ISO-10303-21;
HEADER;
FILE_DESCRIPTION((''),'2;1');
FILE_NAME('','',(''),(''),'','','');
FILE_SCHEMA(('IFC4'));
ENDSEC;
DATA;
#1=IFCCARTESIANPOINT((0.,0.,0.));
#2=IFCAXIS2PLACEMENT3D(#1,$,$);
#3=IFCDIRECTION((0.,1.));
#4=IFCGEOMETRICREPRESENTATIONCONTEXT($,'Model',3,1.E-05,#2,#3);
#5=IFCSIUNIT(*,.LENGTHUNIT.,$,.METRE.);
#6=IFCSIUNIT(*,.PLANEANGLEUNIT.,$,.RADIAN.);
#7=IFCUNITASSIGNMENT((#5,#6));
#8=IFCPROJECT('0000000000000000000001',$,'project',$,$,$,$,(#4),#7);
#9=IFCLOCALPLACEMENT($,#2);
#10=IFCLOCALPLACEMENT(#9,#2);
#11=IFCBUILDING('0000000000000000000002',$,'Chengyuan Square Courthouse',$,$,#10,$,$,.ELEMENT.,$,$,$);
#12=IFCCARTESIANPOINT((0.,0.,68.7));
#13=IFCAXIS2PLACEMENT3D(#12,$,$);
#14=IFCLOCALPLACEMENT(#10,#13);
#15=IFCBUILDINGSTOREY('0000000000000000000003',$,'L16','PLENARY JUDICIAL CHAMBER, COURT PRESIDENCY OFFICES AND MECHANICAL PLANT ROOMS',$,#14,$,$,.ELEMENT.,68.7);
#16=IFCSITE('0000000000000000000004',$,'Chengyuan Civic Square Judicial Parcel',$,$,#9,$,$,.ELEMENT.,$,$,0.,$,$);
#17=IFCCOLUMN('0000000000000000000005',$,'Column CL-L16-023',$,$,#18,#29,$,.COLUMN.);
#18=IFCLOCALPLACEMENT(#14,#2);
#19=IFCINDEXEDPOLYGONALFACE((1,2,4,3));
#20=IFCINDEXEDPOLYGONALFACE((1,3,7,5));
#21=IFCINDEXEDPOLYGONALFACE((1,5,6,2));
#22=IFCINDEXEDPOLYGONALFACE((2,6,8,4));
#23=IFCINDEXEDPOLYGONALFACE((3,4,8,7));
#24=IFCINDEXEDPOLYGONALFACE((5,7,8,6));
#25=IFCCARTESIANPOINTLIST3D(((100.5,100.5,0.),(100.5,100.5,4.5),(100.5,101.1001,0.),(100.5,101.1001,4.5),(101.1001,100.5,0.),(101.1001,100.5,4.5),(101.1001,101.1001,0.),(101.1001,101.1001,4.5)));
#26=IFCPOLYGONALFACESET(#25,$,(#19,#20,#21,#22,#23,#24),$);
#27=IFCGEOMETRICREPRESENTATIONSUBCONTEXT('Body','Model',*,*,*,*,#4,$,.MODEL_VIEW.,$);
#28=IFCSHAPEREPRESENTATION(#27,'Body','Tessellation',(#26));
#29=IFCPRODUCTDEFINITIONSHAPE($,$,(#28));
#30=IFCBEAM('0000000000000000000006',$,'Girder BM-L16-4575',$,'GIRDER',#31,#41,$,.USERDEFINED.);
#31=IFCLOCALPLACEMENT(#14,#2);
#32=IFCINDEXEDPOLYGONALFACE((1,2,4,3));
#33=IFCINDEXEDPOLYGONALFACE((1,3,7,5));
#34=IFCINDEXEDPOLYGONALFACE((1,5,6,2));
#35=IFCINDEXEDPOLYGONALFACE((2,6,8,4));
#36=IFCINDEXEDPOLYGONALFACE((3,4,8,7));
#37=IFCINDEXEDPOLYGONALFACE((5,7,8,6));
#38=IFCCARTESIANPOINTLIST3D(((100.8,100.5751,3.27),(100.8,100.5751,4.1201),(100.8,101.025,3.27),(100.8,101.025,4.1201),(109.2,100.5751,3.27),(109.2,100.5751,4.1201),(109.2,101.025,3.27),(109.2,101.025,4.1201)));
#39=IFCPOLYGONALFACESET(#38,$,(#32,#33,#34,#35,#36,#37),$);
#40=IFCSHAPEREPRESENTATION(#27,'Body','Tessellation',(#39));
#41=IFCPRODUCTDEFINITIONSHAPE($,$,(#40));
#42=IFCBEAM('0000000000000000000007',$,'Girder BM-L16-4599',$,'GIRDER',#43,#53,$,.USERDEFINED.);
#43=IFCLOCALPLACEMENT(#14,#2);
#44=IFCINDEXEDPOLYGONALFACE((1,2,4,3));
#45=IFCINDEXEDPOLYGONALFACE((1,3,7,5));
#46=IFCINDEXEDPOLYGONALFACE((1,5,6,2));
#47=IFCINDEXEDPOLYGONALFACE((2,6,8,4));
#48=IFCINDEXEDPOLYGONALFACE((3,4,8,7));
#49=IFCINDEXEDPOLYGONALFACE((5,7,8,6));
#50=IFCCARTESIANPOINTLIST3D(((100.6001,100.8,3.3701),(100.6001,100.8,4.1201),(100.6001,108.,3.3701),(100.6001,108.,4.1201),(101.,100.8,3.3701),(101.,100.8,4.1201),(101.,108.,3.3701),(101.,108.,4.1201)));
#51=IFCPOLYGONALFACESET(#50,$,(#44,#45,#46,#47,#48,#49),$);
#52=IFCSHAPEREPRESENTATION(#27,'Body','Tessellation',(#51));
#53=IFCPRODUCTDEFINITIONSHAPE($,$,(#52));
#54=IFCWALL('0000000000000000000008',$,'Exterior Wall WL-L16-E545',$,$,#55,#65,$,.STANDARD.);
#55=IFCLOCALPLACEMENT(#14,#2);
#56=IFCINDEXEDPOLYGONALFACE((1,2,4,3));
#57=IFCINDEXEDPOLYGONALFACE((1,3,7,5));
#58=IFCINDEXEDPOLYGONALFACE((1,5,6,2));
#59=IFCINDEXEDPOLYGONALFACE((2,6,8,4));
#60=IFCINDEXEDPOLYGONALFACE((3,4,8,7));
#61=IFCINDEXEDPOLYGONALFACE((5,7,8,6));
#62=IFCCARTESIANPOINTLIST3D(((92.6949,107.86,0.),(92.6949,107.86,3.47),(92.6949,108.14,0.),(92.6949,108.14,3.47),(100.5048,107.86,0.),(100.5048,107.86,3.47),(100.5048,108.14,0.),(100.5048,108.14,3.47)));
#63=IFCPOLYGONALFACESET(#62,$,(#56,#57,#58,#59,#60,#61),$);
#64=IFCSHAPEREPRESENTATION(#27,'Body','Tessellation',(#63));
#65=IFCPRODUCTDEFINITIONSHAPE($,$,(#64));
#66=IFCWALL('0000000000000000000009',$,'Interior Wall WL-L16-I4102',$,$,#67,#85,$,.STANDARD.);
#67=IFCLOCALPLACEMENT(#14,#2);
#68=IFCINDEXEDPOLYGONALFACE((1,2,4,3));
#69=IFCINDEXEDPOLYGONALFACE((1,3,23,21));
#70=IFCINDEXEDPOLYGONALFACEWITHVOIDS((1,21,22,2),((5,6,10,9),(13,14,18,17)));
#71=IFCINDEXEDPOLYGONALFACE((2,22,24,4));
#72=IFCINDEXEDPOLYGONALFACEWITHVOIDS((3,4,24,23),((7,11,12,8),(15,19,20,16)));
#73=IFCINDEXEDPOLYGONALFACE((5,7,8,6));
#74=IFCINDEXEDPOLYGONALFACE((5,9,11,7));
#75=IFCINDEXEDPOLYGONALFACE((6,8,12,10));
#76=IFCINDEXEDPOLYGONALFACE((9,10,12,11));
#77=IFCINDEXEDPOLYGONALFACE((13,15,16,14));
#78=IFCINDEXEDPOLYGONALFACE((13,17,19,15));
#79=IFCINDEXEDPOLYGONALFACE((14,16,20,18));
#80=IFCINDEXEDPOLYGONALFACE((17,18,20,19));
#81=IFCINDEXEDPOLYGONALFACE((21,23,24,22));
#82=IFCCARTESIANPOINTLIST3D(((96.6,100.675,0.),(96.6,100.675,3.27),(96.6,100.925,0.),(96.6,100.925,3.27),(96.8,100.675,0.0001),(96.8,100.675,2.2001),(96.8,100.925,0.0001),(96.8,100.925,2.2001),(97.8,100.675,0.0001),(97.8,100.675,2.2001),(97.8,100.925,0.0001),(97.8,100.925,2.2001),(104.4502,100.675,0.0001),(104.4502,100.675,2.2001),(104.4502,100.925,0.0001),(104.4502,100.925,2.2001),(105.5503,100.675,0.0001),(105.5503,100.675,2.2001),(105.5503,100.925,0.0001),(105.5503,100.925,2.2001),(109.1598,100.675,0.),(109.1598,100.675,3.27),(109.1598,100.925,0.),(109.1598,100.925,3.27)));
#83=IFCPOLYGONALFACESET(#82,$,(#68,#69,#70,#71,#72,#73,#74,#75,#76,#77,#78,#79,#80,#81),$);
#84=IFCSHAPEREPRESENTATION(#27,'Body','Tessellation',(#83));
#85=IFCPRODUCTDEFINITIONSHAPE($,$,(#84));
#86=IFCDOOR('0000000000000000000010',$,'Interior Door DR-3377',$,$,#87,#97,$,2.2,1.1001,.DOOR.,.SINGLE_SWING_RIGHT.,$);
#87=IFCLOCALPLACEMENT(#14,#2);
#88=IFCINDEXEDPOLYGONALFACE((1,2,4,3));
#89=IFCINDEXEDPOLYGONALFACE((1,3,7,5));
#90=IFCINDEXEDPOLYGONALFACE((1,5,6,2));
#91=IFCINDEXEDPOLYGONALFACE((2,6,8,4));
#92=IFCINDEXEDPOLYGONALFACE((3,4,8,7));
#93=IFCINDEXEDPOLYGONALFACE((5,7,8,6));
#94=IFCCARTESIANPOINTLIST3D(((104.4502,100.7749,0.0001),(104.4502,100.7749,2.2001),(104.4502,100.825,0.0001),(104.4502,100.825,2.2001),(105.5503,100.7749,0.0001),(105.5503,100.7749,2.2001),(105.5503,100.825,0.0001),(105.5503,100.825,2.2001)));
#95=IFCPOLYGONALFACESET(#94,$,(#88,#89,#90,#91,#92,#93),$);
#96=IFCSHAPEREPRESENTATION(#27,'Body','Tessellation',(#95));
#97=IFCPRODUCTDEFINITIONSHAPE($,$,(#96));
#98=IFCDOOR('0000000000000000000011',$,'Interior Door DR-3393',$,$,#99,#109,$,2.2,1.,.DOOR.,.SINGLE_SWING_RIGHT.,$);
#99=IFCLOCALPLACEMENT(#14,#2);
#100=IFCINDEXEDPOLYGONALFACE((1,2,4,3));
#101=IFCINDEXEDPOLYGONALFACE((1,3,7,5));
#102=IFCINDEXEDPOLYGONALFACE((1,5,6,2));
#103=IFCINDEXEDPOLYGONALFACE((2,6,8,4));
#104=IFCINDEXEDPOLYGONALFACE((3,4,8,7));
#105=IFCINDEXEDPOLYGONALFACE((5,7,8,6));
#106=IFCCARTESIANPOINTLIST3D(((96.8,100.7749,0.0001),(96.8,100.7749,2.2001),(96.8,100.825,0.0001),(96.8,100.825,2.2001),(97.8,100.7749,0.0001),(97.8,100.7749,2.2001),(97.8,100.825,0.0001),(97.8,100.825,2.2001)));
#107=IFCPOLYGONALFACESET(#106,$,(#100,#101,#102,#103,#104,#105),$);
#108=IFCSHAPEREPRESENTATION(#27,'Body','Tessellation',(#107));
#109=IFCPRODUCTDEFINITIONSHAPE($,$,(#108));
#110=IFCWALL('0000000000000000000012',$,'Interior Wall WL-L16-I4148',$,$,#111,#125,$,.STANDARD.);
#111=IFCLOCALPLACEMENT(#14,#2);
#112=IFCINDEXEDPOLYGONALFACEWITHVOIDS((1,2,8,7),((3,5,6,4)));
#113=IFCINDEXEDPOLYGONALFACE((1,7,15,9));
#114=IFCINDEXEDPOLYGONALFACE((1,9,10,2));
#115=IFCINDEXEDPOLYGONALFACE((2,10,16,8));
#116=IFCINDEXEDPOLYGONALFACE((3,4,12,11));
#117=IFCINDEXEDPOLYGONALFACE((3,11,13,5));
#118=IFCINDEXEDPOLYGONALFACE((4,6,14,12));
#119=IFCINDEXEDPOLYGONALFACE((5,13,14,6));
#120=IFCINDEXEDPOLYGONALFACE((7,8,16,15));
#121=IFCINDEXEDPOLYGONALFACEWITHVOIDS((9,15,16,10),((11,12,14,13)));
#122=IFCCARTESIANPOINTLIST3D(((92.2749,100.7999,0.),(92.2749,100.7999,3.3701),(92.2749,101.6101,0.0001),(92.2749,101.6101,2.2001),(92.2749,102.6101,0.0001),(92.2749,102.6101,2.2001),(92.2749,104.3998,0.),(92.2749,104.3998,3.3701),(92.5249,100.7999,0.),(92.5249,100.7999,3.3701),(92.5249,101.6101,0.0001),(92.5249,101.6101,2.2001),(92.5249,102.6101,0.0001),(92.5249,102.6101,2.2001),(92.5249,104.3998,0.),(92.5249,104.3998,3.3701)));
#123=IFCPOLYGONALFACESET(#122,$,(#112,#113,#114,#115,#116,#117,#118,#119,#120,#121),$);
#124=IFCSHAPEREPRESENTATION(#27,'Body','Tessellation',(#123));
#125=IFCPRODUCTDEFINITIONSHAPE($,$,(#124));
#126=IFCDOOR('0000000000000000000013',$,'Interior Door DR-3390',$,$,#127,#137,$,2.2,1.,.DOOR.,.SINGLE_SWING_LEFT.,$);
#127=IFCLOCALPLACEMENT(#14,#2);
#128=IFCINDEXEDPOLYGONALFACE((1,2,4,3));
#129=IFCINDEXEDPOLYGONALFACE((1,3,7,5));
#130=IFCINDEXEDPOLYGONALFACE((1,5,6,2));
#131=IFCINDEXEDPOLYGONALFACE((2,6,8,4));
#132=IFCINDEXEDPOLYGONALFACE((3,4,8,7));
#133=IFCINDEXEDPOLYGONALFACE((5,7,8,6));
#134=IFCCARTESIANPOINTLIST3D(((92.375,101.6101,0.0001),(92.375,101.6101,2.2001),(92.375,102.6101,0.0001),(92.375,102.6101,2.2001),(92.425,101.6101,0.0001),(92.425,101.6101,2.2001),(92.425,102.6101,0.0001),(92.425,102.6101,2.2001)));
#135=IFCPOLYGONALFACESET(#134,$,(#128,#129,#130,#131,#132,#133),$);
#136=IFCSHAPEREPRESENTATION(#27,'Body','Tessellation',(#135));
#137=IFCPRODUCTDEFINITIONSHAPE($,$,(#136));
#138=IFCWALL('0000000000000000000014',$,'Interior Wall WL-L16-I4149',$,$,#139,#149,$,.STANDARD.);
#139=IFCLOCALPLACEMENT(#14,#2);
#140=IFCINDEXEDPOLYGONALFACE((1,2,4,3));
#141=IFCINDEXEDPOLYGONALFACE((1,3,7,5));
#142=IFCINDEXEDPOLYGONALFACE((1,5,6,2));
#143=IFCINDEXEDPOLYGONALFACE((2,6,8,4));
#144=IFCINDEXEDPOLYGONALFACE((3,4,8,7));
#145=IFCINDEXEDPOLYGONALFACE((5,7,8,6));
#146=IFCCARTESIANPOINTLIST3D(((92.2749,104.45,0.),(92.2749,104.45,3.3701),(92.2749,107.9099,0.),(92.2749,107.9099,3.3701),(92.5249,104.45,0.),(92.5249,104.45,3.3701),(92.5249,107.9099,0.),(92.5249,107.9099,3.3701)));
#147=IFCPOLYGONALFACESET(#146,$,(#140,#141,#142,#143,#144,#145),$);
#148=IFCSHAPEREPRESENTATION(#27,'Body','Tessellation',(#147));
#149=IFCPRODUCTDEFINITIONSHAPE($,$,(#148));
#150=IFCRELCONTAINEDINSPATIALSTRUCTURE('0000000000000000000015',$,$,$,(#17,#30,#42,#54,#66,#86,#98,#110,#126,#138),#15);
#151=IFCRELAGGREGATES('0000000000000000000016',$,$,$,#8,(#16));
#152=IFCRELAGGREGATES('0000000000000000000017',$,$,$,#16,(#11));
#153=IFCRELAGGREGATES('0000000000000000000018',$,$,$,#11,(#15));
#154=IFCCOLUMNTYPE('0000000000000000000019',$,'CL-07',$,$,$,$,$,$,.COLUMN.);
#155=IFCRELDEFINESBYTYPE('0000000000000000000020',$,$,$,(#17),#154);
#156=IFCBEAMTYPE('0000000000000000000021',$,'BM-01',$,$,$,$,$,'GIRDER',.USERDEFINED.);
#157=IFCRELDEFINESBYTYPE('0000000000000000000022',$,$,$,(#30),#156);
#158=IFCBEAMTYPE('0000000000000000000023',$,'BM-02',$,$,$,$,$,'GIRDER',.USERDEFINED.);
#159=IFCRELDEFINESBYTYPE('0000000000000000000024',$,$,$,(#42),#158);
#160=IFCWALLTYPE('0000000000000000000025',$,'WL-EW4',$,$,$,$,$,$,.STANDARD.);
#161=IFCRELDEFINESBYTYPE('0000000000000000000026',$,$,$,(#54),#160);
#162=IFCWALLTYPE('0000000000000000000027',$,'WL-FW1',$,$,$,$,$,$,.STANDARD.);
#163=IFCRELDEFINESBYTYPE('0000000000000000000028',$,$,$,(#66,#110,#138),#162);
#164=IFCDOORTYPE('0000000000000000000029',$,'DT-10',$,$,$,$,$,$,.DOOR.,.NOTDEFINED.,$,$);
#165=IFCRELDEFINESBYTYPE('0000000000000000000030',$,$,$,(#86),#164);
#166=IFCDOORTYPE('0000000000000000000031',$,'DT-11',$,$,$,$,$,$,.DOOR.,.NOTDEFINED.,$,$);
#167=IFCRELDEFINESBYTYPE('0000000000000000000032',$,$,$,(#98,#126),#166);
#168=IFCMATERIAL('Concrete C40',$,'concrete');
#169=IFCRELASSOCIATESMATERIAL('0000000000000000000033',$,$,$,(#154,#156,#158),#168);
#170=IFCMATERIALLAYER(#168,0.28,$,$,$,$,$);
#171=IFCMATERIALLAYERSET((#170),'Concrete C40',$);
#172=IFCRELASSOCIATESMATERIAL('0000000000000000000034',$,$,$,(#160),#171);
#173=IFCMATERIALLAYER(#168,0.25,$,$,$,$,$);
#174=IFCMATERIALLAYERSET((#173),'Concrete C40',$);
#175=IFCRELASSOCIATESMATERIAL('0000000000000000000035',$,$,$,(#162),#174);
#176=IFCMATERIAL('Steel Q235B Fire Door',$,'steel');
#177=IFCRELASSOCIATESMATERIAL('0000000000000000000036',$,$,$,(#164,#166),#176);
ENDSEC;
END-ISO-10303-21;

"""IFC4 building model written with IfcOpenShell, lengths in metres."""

from ifc_helpers import new_model, si_unit, direction, frame, frame_2d, origin, origin_2d, place, context, subcontext, project, spatial, rectangle, extrude, material, layer, layer_set, material_profile, profile_set, type_object, element, fill, save


model = new_model("IFC4")

# Units and contexts
model_context = context("Model", 3, precision=1e-05, world=origin(), true_north=direction((0.0, 1.0)))
body_context = subcontext(model_context, "Body", "Model", "MODEL_VIEW")
ifc_project = project(units=[si_unit("LENGTHUNIT", "METRE"), si_unit("PLANEANGLEUNIT", "RADIAN")], contexts=[model_context])

# Site, building, storey
site_placement = place(None, origin())
site = spatial("IfcSite", under=ifc_project, at=site_placement, Name="Chengyuan Civic Square Judicial Parcel", CompositionType="ELEMENT", RefElevation=0.0)
building_placement = place(site_placement, origin())
building = spatial("IfcBuilding", under=site, at=building_placement, Name="Chengyuan Square Courthouse", CompositionType="ELEMENT")
storey_placement = place(building_placement, frame((0.0, 0.0, 68.7)))
storey = spatial("IfcBuildingStorey", under=building, at=storey_placement, Name="L16", Description="PLENARY JUDICIAL CHAMBER, COURT PRESIDENCY OFFICES AND MECHANICAL PLANT ROOMS", CompositionType="ELEMENT", Elevation=68.7)

# Column
ifc_material_1 = material(Name="Concrete C40", Category="concrete")
ifc_material_profile_1 = material_profile(ifc_material_1, rectangle(XDim=0.6001, YDim=0.6001, at=origin_2d()), Name="RC-COL-600x600")
ifc_profile_set_1 = profile_set([ifc_material_profile_1], Name="Concrete C40")
column_type = type_object("IfcColumnType", Name="CL-07", PredefinedType="COLUMN", material=ifc_profile_set_1)
column_placement = place(storey_placement, frame((100.8, 100.8, 0.0), z_axis=(0.0, 0.0, 1.0), x_axis=(1.0, 0.0, 0.0)))
element("IfcColumn", 1, at=column_placement, inside=storey, type_object=column_type, Name="Column CL-L16-023", PredefinedType="COLUMN", context=body_context, shape_type="SweptSolid", body=[
    extrude(rectangle(XDim=0.6001, YDim=0.6001, at=origin_2d()), origin(), (0.0, 0.0, 1.0), 4.5),
])

# Beams
ifc_material_profile_2 = material_profile(ifc_material_1, rectangle(XDim=0.45, YDim=0.8501, at=origin_2d()), Name="RC-BM-450x850")
ifc_profile_set_2 = profile_set([ifc_material_profile_2], Name="Concrete C40")
beam_type_1 = type_object("IfcBeamType", Name="BM-01", ElementType="GIRDER", PredefinedType="USERDEFINED", material=ifc_profile_set_2)
beam_1_placement = place(storey_placement, frame((100.8, 100.8, 3.6951), z_axis=(1.0, 0.0, 0.0), x_axis=(0.0, 1.0, 0.0)))
element("IfcBeam", 2, at=beam_1_placement, inside=storey, type_object=beam_type_1, Name="Girder BM-L16-4575", ObjectType="GIRDER", PredefinedType="USERDEFINED", context=body_context, shape_type="SweptSolid", body=[
    extrude(rectangle(XDim=0.45, YDim=0.8501, at=origin_2d()), origin(), (0.0, 0.0, 1.0), 8.3999),
])
ifc_material_profile_3 = material_profile(ifc_material_1, rectangle(XDim=0.3999, YDim=0.75, at=origin_2d()), Name="RC-BM-400x750")
ifc_profile_set_3 = profile_set([ifc_material_profile_3], Name="Concrete C40")
beam_type_2 = type_object("IfcBeamType", Name="BM-02", ElementType="GIRDER", PredefinedType="USERDEFINED", material=ifc_profile_set_3)
beam_2_placement = place(storey_placement, frame((100.8, 100.8, 3.7451), z_axis=(0.0, 1.0, 0.0), x_axis=(-1.0, 0.0, 0.0)))
element("IfcBeam", 3, at=beam_2_placement, inside=storey, type_object=beam_type_2, Name="Girder BM-L16-4599", ObjectType="GIRDER", PredefinedType="USERDEFINED", context=body_context, shape_type="SweptSolid", body=[
    extrude(rectangle(XDim=0.3999, YDim=0.75, at=origin_2d()), origin(), (0.0, 0.0, 1.0), 7.2),
])

# Wall
ifc_layer_1 = layer(ifc_material_1, 0.28)
ifc_layer_set_1 = layer_set([ifc_layer_1], Name="Concrete C40")
wall_type_1 = type_object("IfcWallType", Name="WL-EW4", PredefinedType="STANDARD", material=ifc_layer_set_1)
wall_1_placement = place(storey_placement, frame((92.6951, 108.0, 0.0), z_axis=(0.0, 0.0, 1.0), x_axis=(1.0, 0.0, 0.0)))
element("IfcWall", 4, at=wall_1_placement, inside=storey, type_object=wall_type_1, Name="Exterior Wall WL-L16-E545", PredefinedType="STANDARD", context=body_context, shape_type="SweptSolid", body=[
    extrude(rectangle(XDim=7.8098, YDim=0.28, at=frame_2d((3.9048, 0.0))), origin(), (0.0, 0.0, 1.0), 3.47),
])

# Wall, openings, doors
ifc_layer_2 = layer(ifc_material_1, 0.25)
ifc_layer_set_2 = layer_set([ifc_layer_2], Name="Concrete C40")
wall_type_2 = type_object("IfcWallType", Name="WL-FW1", PredefinedType="STANDARD", material=ifc_layer_set_2)
wall_2_placement = place(storey_placement, frame((96.6001, 100.8, 0.0), z_axis=(0.0, 0.0, 1.0), x_axis=(1.0, 0.0, 0.0)))
wall_2 = element("IfcWall", 5, at=wall_2_placement, inside=storey, type_object=wall_type_2, Name="Interior Wall WL-L16-I4102", PredefinedType="STANDARD", context=body_context, shape_type="SweptSolid", body=[
    extrude(rectangle(XDim=12.5598, YDim=0.25, at=frame_2d((6.2798, 0.0))), origin(), (0.0, 0.0, 1.0), 3.27),
])
opening_1_placement = place(wall_2_placement, frame((7.8501, 0.0, 0.0)))
opening_1 = element("IfcOpeningElement", 6, at=opening_1_placement, cuts=wall_2, PredefinedType="OPENING", context=body_context, shape_type="SweptSolid", body=[
    extrude(rectangle(XDim=1.1001, YDim=2.2, at=frame_2d((0.55, 1.1001))), frame((0.0, 0.137, 0.0), z_axis=(0.0, -1.0, 0.0), x_axis=(1.0, 0.0, 0.0)), (0.0, 0.0, 1.0), 0.2739),
])
opening_2_placement = place(wall_2_placement, frame((0.2, 0.0, 0.0)))
opening_2 = element("IfcOpeningElement", 7, at=opening_2_placement, cuts=wall_2, PredefinedType="OPENING", context=body_context, shape_type="SweptSolid", body=[
    extrude(rectangle(XDim=1.0, YDim=2.2, at=frame_2d((0.5, 1.1001))), frame((0.0, 0.137, 0.0), z_axis=(0.0, -1.0, 0.0), x_axis=(1.0, 0.0, 0.0)), (0.0, 0.0, 1.0), 0.2739),
])
ifc_material_2 = material(Name="Steel Q235B Fire Door", Category="steel")
door_type_1 = type_object("IfcDoorType", Name="DT-10", OperationType="NOTDEFINED", PredefinedType="DOOR", material=ifc_material_2)
door_1_placement = place(opening_1_placement, origin())
door_1 = element("IfcDoor", 8, at=door_1_placement, inside=storey, type_object=door_type_1, Name="Interior Door DR-3377", OperationType="SINGLE_SWING_RIGHT", OverallHeight=2.2, OverallWidth=1.1001, PredefinedType="DOOR", context=body_context, shape_type="SweptSolid", body=[
    extrude(rectangle(XDim=1.1001, YDim=2.2, at=frame_2d((0.55, 1.1001))), frame((0.0, 0.0249, 0.0), z_axis=(0.0, -1.0, 0.0), x_axis=(1.0, 0.0, 0.0)), (0.0, 0.0, 1.0), 0.05),
])
fill(opening_1, door_1)
door_type_2 = type_object("IfcDoorType", Name="DT-11", OperationType="NOTDEFINED", PredefinedType="DOOR", material=ifc_material_2)
door_2_placement = place(opening_2_placement, origin())
door_2 = element("IfcDoor", 9, at=door_2_placement, inside=storey, type_object=door_type_2, Name="Interior Door DR-3393", OperationType="SINGLE_SWING_RIGHT", OverallHeight=2.2, OverallWidth=1.0, PredefinedType="DOOR", context=body_context, shape_type="SweptSolid", body=[
    extrude(rectangle(XDim=1.0, YDim=2.2, at=frame_2d((0.5, 1.1001))), frame((0.0, 0.0249, 0.0), z_axis=(0.0, -1.0, 0.0), x_axis=(1.0, 0.0, 0.0)), (0.0, 0.0, 1.0), 0.05),
])
fill(opening_2, door_2)

# Wall, opening, door
wall_3_placement = place(storey_placement, frame((92.3999, 100.8, 0.0), z_axis=(0.0, 0.0, 1.0), x_axis=(0.0, 1.0, 0.0)))
wall_3 = element("IfcWall", 10, at=wall_3_placement, inside=storey, type_object=wall_type_2, Name="Interior Wall WL-L16-I4148", PredefinedType="STANDARD", context=body_context, shape_type="SweptSolid", body=[
    extrude(rectangle(XDim=3.5999, YDim=0.25, at=frame_2d((1.7998, 0.0))), origin(), (0.0, 0.0, 1.0), 3.3701),
])
opening_3_placement = place(wall_3_placement, frame((0.8101, 0.0, 0.0)))
opening_3 = element("IfcOpeningElement", 11, at=opening_3_placement, cuts=wall_3, PredefinedType="OPENING", context=body_context, shape_type="SweptSolid", body=[
    extrude(rectangle(XDim=1.0, YDim=2.2, at=frame_2d((0.5, 1.1001))), frame((0.0, 0.137, 0.0), z_axis=(0.0, -1.0, 0.0), x_axis=(1.0, 0.0, 0.0)), (0.0, 0.0, 1.0), 0.2739),
])
door_3_placement = place(opening_3_placement, origin())
door_3 = element("IfcDoor", 12, at=door_3_placement, inside=storey, type_object=door_type_2, Name="Interior Door DR-3390", OperationType="SINGLE_SWING_LEFT", OverallHeight=2.2, OverallWidth=1.0, PredefinedType="DOOR", context=body_context, shape_type="SweptSolid", body=[
    extrude(rectangle(XDim=1.0, YDim=2.2, at=frame_2d((0.5, 1.1001))), frame((0.0, 0.0249, 0.0), z_axis=(0.0, -1.0, 0.0), x_axis=(1.0, 0.0, 0.0)), (0.0, 0.0, 1.0), 0.05),
])
fill(opening_3, door_3)

# Wall
wall_4_placement = place(storey_placement, frame((92.3999, 104.45, 0.0), z_axis=(0.0, 0.0, 1.0), x_axis=(0.0, 1.0, 0.0)))
element("IfcWall", 13, at=wall_4_placement, inside=storey, type_object=wall_type_2, Name="Interior Wall WL-L16-I4149", PredefinedType="STANDARD", context=body_context, shape_type="SweptSolid", body=[
    extrude(rectangle(XDim=3.46, YDim=0.25, at=frame_2d((1.73, 0.0))), origin(), (0.0, 0.0, 1.0), 3.3701),
])

save(model, "model.ifc")
